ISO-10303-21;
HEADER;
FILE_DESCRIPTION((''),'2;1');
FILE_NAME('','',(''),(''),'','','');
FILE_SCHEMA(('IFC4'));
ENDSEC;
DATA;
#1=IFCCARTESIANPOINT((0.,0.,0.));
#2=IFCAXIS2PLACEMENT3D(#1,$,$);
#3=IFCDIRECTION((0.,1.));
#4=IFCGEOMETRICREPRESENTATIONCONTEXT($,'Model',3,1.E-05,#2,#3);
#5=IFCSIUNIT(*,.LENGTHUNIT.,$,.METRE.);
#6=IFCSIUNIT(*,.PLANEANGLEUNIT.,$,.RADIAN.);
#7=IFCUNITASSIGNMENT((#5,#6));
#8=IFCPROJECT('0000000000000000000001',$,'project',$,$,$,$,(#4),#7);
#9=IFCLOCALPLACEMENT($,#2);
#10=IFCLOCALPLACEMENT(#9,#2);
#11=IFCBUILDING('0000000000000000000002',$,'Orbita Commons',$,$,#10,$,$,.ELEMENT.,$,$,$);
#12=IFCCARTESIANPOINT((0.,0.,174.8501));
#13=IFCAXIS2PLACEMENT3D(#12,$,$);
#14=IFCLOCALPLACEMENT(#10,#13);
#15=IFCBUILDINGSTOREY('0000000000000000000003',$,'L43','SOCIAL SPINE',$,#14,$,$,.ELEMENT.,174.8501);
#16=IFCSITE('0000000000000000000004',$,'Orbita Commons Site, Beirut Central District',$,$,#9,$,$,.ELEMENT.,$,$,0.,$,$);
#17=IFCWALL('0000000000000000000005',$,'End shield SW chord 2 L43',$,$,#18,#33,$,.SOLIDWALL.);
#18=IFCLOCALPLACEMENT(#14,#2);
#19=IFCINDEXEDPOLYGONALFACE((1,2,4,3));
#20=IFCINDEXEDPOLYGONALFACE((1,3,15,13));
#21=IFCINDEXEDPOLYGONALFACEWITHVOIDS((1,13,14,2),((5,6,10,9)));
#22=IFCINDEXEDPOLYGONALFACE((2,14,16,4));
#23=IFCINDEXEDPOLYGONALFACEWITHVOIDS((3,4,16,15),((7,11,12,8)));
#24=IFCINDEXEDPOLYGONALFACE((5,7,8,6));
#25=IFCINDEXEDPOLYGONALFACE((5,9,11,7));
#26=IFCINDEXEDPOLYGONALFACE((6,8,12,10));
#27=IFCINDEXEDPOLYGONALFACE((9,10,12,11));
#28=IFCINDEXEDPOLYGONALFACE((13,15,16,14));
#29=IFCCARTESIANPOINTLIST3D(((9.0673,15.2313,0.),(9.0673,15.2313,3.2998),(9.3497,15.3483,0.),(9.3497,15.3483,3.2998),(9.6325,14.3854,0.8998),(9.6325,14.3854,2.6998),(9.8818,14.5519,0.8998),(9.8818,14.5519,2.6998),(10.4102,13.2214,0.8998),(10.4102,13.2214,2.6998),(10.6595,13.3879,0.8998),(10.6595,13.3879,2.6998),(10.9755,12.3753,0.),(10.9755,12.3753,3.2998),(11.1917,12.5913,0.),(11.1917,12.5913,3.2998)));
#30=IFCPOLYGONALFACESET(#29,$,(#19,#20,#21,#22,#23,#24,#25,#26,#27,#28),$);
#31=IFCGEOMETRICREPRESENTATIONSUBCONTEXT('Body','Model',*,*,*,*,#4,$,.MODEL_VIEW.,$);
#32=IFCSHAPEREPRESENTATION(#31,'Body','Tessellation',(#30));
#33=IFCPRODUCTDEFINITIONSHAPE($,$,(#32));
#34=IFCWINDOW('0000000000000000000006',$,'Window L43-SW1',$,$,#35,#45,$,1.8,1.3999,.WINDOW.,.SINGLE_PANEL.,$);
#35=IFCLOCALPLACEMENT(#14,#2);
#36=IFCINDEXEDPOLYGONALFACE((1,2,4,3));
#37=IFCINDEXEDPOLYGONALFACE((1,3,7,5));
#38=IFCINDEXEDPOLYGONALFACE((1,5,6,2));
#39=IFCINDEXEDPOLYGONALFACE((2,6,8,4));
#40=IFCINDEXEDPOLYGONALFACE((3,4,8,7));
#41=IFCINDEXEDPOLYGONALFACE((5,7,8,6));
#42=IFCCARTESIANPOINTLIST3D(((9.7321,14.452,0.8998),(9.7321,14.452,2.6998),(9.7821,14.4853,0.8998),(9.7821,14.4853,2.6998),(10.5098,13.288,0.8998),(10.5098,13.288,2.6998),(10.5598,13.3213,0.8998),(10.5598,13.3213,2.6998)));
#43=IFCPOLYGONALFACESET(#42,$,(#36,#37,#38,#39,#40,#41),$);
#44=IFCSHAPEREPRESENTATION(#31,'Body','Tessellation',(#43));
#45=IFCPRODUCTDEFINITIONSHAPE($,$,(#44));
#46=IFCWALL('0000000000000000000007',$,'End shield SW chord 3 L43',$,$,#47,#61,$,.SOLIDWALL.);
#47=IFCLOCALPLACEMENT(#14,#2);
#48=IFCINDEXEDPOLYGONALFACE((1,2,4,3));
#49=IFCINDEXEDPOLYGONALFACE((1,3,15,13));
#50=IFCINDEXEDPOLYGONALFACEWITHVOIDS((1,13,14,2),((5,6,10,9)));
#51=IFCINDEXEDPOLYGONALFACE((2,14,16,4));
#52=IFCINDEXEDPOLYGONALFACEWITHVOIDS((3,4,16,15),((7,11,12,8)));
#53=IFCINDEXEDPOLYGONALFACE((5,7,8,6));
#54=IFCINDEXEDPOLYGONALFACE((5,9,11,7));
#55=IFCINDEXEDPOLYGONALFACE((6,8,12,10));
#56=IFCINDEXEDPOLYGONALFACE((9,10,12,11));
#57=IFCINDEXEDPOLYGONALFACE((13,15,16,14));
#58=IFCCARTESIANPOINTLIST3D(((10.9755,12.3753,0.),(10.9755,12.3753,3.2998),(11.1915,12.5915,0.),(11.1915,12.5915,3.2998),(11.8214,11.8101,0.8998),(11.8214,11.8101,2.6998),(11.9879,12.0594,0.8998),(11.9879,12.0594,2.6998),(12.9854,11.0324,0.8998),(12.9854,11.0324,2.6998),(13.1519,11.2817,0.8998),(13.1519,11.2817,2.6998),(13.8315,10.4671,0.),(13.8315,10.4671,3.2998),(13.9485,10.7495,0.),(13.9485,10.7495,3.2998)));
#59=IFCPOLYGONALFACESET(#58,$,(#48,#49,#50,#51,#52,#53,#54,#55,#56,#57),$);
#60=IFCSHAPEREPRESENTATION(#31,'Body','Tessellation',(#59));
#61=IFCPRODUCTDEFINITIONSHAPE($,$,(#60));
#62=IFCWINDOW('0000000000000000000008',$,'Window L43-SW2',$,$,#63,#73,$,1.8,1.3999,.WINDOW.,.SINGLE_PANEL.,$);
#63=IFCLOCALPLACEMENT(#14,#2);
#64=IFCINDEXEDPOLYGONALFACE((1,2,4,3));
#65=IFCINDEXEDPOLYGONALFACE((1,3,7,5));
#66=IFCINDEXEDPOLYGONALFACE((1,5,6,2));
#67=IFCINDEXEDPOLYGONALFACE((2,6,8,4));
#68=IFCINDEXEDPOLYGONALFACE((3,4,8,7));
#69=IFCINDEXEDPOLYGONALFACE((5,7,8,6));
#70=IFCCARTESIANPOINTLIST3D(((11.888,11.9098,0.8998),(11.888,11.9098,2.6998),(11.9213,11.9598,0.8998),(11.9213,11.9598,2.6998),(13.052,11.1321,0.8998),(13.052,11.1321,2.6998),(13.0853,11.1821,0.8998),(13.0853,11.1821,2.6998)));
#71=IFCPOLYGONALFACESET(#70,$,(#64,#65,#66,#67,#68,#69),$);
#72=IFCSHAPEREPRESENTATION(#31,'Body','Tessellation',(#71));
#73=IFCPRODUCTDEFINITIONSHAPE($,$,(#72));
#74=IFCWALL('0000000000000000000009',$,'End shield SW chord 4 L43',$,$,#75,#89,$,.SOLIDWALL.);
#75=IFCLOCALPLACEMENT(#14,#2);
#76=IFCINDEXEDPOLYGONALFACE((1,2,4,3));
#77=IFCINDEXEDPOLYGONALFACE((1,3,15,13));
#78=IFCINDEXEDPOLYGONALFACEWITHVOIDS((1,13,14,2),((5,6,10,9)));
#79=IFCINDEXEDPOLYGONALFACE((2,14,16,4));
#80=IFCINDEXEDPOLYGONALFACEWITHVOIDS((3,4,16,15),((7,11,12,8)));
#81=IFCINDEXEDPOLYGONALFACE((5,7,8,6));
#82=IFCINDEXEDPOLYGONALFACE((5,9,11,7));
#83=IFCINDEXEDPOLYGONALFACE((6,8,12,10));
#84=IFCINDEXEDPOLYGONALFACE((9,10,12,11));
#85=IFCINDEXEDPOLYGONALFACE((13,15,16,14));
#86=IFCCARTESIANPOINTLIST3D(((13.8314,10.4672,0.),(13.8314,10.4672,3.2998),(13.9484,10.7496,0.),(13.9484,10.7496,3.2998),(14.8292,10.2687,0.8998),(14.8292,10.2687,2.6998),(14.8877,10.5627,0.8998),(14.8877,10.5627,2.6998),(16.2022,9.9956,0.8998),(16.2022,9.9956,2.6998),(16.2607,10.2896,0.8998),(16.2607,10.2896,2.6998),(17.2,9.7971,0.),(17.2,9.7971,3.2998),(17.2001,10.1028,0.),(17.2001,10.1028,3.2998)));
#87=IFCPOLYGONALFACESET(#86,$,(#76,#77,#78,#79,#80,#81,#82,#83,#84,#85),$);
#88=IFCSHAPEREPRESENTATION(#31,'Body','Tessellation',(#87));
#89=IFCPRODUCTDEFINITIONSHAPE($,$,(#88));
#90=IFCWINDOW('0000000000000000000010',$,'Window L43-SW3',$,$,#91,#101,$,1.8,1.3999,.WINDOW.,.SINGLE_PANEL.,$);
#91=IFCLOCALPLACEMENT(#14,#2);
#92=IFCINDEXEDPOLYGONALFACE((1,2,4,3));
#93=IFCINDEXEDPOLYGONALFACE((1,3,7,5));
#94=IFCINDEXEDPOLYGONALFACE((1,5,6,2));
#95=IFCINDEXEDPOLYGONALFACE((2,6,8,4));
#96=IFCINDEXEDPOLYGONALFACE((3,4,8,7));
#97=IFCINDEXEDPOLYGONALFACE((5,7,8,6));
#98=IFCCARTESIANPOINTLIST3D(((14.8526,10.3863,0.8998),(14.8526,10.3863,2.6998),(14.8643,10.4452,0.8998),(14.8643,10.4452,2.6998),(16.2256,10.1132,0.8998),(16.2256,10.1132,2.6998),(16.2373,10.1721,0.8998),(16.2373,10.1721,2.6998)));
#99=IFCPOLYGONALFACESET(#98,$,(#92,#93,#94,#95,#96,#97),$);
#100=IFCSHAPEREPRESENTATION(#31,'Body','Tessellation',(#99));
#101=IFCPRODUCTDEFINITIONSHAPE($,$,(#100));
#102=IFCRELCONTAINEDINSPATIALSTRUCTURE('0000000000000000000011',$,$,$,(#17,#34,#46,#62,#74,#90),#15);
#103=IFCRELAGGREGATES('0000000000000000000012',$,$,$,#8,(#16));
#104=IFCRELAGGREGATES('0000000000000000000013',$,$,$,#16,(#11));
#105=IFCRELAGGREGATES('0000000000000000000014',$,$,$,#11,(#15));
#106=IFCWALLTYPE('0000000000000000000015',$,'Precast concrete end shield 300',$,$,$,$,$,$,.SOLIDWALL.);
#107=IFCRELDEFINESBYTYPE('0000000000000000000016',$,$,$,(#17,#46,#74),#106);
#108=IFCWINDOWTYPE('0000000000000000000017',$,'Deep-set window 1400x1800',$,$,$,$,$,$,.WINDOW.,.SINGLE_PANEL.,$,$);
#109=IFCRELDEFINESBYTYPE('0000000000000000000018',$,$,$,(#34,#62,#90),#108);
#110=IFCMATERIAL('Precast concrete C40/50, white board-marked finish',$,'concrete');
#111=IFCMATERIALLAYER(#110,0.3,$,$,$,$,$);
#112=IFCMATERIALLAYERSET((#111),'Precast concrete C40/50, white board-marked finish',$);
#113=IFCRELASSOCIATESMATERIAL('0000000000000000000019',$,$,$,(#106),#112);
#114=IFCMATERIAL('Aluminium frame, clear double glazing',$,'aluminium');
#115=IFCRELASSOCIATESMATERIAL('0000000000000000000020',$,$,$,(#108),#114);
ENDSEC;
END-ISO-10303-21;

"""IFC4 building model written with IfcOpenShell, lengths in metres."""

from ifc_helpers import new_model, si_unit, direction, frame, frame_2d, origin, place, context, subcontext, project, spatial, polyline, rectangle, outline, extrude, material, layer, layer_set, type_object, element, fill, save


model = new_model("IFC4")

# Units and contexts
model_context = context("Model", 3, precision=1e-05, world=origin(), true_north=direction((0.0, 1.0)))
body_context = subcontext(model_context, "Body", "Model", "MODEL_VIEW")
ifc_project = project(units=[si_unit("LENGTHUNIT", "METRE"), si_unit("PLANEANGLEUNIT", "RADIAN")], contexts=[model_context])

# Site, building, storey
site_placement = place(None, origin())
site = spatial("IfcSite", under=ifc_project, at=site_placement, Name="Orbita Commons Site, Beirut Central District", CompositionType="ELEMENT", RefElevation=0.0)
building_placement = place(site_placement, origin())
building = spatial("IfcBuilding", under=site, at=building_placement, Name="Orbita Commons", CompositionType="ELEMENT")
storey_placement = place(building_placement, frame((0.0, 0.0, 174.8501)))
storey = spatial("IfcBuildingStorey", under=building, at=storey_placement, Name="L43", Description="SOCIAL SPINE", CompositionType="ELEMENT", Elevation=174.8501)

# Walls, openings, windows
ifc_material_1 = material(Name="Precast concrete C40/50, white board-marked finish", Category="concrete")
ifc_layer_1 = layer(ifc_material_1, 0.3)
ifc_layer_set_1 = layer_set([ifc_layer_1], Name="Precast concrete C40/50, white board-marked finish")
wall_type_1 = type_object("IfcWallType", Name="Precast concrete end shield 300", PredefinedType="SOLIDWALL", material=ifc_layer_set_1)
wall_1_placement = place(storey_placement, frame((9.2085, 15.2898, 0.0), z_axis=(0.0, 0.0, 1.0), x_axis=(0.555535, -0.831493, 0.0)))
wall_1 = element("IfcWall", 1, at=wall_1_placement, inside=storey, type_object=wall_type_1, Name="End shield SW chord 2 L43", PredefinedType="SOLIDWALL", context=body_context, shape_type="SweptSolid", body=[
    extrude(outline(polyline([(-0.0298, -0.1499), (3.405, -0.1499), (3.3455, 0.1499), (0.0298, 0.1499), (-0.0298, -0.1499)])), origin(), (0.0, 0.0, 1.0), 3.2998),
])
opening_1_placement = place(wall_1_placement, frame((0.9875, 0.0, 0.8999)))
opening_1 = element("IfcOpeningElement", 2, at=opening_1_placement, cuts=wall_1, PredefinedType="OPENING", context=body_context, shape_type="SweptSolid", body=[
    extrude(rectangle(XDim=1.3999, YDim=1.8, at=frame_2d((0.7, 0.8999))), frame((0.0, 0.1599, 0.0), z_axis=(0.0, -1.0, 0.0), x_axis=(1.0, 0.0, 0.0)), (0.0, 0.0, 1.0), 0.3201),
])
ifc_material_2 = material(Name="Aluminium frame, clear double glazing", Category="aluminium")
window_type = type_object("IfcWindowType", Name="Deep-set window 1400x1800", PartitioningType="SINGLE_PANEL", PredefinedType="WINDOW", material=ifc_material_2)
window_1_placement = place(opening_1_placement, origin())
window_1 = element("IfcWindow", 3, at=window_1_placement, inside=storey, type_object=window_type, Name="Window L43-SW1", OverallHeight=1.8, OverallWidth=1.3999, PartitioningType="SINGLE_PANEL", PredefinedType="WINDOW", context=body_context, shape_type="SweptSolid", body=[
    extrude(rectangle(XDim=1.3999, YDim=1.8, at=frame_2d((0.7, 0.8999))), frame((0.0, 0.03, 0.0), z_axis=(0.0, -1.0, 0.0), x_axis=(1.0, 0.0, 0.0)), (0.0, 0.0, 1.0), 0.0601),
])
fill(opening_1, window_1)
wall_2_placement = place(storey_placement, frame((11.0835, 12.4834, 0.0), z_axis=(0.0, 0.0, 1.0), x_axis=(0.831493, -0.555535, 0.0)))
wall_2 = element("IfcWall", 4, at=wall_2_placement, inside=storey, type_object=wall_type_1, Name="End shield SW chord 3 L43", PredefinedType="SOLIDWALL", context=body_context, shape_type="SweptSolid", body=[
    extrude(outline(polyline([(-0.0298, -0.1499), (3.405, -0.1499), (3.3455, 0.1499), (0.0298, 0.1499), (-0.0298, -0.1499)])), origin(), (0.0, 0.0, 1.0), 3.2998),
])
opening_2_placement = place(wall_2_placement, frame((0.9875, 0.0, 0.8999)))
opening_2 = element("IfcOpeningElement", 5, at=opening_2_placement, cuts=wall_2, PredefinedType="OPENING", context=body_context, shape_type="SweptSolid", body=[
    extrude(rectangle(XDim=1.3999, YDim=1.8, at=frame_2d((0.7, 0.8999))), frame((0.0, 0.1599, 0.0), z_axis=(0.0, -1.0, 0.0), x_axis=(1.0, 0.0, 0.0)), (0.0, 0.0, 1.0), 0.3201),
])
window_2_placement = place(opening_2_placement, origin())
window_2 = element("IfcWindow", 6, at=window_2_placement, inside=storey, type_object=window_type, Name="Window L43-SW2", OverallHeight=1.8, OverallWidth=1.3999, PartitioningType="SINGLE_PANEL", PredefinedType="WINDOW", context=body_context, shape_type="SweptSolid", body=[
    extrude(rectangle(XDim=1.3999, YDim=1.8, at=frame_2d((0.7, 0.8999))), frame((0.0, 0.03, 0.0), z_axis=(0.0, -1.0, 0.0), x_axis=(1.0, 0.0, 0.0)), (0.0, 0.0, 1.0), 0.0601),
])
fill(opening_2, window_2)
wall_3_placement = place(storey_placement, frame((13.8899, 10.6084, 0.0), z_axis=(0.0, 0.0, 1.0), x_axis=(0.980783, -0.1951, 0.0)))
wall_3 = element("IfcWall", 7, at=wall_3_placement, inside=storey, type_object=wall_type_1, Name="End shield SW chord 4 L43", PredefinedType="SOLIDWALL", context=body_context, shape_type="SweptSolid", body=[
    extrude(outline(polyline([(-0.0298, -0.1499), (3.4048, -0.1499), (3.3452, 0.1499), (0.0298, 0.1499), (-0.0298, -0.1499)])), origin(), (0.0, 0.0, 1.0), 3.2998),
])
opening_3_placement = place(wall_3_placement, frame((0.9875, 0.0, 0.8999)))
opening_3 = element("IfcOpeningElement", 8, at=opening_3_placement, cuts=wall_3, PredefinedType="OPENING", context=body_context, shape_type="SweptSolid", body=[
    extrude(rectangle(XDim=1.3999, YDim=1.8, at=frame_2d((0.7, 0.8999))), frame((0.0, 0.1599, 0.0), z_axis=(0.0, -1.0, 0.0), x_axis=(1.0, 0.0, 0.0)), (0.0, 0.0, 1.0), 0.3201),
])
window_3_placement = place(opening_3_placement, origin())
window_3 = element("IfcWindow", 9, at=window_3_placement, inside=storey, type_object=window_type, Name="Window L43-SW3", OverallHeight=1.8, OverallWidth=1.3999, PartitioningType="SINGLE_PANEL", PredefinedType="WINDOW", context=body_context, shape_type="SweptSolid", body=[
    extrude(rectangle(XDim=1.3999, YDim=1.8, at=frame_2d((0.7, 0.8999))), frame((0.0, 0.03, 0.0), z_axis=(0.0, -1.0, 0.0), x_axis=(1.0, 0.0, 0.0)), (0.0, 0.0, 1.0), 0.0601),
])
fill(opening_3, window_3)

save(model, "model.ifc")
